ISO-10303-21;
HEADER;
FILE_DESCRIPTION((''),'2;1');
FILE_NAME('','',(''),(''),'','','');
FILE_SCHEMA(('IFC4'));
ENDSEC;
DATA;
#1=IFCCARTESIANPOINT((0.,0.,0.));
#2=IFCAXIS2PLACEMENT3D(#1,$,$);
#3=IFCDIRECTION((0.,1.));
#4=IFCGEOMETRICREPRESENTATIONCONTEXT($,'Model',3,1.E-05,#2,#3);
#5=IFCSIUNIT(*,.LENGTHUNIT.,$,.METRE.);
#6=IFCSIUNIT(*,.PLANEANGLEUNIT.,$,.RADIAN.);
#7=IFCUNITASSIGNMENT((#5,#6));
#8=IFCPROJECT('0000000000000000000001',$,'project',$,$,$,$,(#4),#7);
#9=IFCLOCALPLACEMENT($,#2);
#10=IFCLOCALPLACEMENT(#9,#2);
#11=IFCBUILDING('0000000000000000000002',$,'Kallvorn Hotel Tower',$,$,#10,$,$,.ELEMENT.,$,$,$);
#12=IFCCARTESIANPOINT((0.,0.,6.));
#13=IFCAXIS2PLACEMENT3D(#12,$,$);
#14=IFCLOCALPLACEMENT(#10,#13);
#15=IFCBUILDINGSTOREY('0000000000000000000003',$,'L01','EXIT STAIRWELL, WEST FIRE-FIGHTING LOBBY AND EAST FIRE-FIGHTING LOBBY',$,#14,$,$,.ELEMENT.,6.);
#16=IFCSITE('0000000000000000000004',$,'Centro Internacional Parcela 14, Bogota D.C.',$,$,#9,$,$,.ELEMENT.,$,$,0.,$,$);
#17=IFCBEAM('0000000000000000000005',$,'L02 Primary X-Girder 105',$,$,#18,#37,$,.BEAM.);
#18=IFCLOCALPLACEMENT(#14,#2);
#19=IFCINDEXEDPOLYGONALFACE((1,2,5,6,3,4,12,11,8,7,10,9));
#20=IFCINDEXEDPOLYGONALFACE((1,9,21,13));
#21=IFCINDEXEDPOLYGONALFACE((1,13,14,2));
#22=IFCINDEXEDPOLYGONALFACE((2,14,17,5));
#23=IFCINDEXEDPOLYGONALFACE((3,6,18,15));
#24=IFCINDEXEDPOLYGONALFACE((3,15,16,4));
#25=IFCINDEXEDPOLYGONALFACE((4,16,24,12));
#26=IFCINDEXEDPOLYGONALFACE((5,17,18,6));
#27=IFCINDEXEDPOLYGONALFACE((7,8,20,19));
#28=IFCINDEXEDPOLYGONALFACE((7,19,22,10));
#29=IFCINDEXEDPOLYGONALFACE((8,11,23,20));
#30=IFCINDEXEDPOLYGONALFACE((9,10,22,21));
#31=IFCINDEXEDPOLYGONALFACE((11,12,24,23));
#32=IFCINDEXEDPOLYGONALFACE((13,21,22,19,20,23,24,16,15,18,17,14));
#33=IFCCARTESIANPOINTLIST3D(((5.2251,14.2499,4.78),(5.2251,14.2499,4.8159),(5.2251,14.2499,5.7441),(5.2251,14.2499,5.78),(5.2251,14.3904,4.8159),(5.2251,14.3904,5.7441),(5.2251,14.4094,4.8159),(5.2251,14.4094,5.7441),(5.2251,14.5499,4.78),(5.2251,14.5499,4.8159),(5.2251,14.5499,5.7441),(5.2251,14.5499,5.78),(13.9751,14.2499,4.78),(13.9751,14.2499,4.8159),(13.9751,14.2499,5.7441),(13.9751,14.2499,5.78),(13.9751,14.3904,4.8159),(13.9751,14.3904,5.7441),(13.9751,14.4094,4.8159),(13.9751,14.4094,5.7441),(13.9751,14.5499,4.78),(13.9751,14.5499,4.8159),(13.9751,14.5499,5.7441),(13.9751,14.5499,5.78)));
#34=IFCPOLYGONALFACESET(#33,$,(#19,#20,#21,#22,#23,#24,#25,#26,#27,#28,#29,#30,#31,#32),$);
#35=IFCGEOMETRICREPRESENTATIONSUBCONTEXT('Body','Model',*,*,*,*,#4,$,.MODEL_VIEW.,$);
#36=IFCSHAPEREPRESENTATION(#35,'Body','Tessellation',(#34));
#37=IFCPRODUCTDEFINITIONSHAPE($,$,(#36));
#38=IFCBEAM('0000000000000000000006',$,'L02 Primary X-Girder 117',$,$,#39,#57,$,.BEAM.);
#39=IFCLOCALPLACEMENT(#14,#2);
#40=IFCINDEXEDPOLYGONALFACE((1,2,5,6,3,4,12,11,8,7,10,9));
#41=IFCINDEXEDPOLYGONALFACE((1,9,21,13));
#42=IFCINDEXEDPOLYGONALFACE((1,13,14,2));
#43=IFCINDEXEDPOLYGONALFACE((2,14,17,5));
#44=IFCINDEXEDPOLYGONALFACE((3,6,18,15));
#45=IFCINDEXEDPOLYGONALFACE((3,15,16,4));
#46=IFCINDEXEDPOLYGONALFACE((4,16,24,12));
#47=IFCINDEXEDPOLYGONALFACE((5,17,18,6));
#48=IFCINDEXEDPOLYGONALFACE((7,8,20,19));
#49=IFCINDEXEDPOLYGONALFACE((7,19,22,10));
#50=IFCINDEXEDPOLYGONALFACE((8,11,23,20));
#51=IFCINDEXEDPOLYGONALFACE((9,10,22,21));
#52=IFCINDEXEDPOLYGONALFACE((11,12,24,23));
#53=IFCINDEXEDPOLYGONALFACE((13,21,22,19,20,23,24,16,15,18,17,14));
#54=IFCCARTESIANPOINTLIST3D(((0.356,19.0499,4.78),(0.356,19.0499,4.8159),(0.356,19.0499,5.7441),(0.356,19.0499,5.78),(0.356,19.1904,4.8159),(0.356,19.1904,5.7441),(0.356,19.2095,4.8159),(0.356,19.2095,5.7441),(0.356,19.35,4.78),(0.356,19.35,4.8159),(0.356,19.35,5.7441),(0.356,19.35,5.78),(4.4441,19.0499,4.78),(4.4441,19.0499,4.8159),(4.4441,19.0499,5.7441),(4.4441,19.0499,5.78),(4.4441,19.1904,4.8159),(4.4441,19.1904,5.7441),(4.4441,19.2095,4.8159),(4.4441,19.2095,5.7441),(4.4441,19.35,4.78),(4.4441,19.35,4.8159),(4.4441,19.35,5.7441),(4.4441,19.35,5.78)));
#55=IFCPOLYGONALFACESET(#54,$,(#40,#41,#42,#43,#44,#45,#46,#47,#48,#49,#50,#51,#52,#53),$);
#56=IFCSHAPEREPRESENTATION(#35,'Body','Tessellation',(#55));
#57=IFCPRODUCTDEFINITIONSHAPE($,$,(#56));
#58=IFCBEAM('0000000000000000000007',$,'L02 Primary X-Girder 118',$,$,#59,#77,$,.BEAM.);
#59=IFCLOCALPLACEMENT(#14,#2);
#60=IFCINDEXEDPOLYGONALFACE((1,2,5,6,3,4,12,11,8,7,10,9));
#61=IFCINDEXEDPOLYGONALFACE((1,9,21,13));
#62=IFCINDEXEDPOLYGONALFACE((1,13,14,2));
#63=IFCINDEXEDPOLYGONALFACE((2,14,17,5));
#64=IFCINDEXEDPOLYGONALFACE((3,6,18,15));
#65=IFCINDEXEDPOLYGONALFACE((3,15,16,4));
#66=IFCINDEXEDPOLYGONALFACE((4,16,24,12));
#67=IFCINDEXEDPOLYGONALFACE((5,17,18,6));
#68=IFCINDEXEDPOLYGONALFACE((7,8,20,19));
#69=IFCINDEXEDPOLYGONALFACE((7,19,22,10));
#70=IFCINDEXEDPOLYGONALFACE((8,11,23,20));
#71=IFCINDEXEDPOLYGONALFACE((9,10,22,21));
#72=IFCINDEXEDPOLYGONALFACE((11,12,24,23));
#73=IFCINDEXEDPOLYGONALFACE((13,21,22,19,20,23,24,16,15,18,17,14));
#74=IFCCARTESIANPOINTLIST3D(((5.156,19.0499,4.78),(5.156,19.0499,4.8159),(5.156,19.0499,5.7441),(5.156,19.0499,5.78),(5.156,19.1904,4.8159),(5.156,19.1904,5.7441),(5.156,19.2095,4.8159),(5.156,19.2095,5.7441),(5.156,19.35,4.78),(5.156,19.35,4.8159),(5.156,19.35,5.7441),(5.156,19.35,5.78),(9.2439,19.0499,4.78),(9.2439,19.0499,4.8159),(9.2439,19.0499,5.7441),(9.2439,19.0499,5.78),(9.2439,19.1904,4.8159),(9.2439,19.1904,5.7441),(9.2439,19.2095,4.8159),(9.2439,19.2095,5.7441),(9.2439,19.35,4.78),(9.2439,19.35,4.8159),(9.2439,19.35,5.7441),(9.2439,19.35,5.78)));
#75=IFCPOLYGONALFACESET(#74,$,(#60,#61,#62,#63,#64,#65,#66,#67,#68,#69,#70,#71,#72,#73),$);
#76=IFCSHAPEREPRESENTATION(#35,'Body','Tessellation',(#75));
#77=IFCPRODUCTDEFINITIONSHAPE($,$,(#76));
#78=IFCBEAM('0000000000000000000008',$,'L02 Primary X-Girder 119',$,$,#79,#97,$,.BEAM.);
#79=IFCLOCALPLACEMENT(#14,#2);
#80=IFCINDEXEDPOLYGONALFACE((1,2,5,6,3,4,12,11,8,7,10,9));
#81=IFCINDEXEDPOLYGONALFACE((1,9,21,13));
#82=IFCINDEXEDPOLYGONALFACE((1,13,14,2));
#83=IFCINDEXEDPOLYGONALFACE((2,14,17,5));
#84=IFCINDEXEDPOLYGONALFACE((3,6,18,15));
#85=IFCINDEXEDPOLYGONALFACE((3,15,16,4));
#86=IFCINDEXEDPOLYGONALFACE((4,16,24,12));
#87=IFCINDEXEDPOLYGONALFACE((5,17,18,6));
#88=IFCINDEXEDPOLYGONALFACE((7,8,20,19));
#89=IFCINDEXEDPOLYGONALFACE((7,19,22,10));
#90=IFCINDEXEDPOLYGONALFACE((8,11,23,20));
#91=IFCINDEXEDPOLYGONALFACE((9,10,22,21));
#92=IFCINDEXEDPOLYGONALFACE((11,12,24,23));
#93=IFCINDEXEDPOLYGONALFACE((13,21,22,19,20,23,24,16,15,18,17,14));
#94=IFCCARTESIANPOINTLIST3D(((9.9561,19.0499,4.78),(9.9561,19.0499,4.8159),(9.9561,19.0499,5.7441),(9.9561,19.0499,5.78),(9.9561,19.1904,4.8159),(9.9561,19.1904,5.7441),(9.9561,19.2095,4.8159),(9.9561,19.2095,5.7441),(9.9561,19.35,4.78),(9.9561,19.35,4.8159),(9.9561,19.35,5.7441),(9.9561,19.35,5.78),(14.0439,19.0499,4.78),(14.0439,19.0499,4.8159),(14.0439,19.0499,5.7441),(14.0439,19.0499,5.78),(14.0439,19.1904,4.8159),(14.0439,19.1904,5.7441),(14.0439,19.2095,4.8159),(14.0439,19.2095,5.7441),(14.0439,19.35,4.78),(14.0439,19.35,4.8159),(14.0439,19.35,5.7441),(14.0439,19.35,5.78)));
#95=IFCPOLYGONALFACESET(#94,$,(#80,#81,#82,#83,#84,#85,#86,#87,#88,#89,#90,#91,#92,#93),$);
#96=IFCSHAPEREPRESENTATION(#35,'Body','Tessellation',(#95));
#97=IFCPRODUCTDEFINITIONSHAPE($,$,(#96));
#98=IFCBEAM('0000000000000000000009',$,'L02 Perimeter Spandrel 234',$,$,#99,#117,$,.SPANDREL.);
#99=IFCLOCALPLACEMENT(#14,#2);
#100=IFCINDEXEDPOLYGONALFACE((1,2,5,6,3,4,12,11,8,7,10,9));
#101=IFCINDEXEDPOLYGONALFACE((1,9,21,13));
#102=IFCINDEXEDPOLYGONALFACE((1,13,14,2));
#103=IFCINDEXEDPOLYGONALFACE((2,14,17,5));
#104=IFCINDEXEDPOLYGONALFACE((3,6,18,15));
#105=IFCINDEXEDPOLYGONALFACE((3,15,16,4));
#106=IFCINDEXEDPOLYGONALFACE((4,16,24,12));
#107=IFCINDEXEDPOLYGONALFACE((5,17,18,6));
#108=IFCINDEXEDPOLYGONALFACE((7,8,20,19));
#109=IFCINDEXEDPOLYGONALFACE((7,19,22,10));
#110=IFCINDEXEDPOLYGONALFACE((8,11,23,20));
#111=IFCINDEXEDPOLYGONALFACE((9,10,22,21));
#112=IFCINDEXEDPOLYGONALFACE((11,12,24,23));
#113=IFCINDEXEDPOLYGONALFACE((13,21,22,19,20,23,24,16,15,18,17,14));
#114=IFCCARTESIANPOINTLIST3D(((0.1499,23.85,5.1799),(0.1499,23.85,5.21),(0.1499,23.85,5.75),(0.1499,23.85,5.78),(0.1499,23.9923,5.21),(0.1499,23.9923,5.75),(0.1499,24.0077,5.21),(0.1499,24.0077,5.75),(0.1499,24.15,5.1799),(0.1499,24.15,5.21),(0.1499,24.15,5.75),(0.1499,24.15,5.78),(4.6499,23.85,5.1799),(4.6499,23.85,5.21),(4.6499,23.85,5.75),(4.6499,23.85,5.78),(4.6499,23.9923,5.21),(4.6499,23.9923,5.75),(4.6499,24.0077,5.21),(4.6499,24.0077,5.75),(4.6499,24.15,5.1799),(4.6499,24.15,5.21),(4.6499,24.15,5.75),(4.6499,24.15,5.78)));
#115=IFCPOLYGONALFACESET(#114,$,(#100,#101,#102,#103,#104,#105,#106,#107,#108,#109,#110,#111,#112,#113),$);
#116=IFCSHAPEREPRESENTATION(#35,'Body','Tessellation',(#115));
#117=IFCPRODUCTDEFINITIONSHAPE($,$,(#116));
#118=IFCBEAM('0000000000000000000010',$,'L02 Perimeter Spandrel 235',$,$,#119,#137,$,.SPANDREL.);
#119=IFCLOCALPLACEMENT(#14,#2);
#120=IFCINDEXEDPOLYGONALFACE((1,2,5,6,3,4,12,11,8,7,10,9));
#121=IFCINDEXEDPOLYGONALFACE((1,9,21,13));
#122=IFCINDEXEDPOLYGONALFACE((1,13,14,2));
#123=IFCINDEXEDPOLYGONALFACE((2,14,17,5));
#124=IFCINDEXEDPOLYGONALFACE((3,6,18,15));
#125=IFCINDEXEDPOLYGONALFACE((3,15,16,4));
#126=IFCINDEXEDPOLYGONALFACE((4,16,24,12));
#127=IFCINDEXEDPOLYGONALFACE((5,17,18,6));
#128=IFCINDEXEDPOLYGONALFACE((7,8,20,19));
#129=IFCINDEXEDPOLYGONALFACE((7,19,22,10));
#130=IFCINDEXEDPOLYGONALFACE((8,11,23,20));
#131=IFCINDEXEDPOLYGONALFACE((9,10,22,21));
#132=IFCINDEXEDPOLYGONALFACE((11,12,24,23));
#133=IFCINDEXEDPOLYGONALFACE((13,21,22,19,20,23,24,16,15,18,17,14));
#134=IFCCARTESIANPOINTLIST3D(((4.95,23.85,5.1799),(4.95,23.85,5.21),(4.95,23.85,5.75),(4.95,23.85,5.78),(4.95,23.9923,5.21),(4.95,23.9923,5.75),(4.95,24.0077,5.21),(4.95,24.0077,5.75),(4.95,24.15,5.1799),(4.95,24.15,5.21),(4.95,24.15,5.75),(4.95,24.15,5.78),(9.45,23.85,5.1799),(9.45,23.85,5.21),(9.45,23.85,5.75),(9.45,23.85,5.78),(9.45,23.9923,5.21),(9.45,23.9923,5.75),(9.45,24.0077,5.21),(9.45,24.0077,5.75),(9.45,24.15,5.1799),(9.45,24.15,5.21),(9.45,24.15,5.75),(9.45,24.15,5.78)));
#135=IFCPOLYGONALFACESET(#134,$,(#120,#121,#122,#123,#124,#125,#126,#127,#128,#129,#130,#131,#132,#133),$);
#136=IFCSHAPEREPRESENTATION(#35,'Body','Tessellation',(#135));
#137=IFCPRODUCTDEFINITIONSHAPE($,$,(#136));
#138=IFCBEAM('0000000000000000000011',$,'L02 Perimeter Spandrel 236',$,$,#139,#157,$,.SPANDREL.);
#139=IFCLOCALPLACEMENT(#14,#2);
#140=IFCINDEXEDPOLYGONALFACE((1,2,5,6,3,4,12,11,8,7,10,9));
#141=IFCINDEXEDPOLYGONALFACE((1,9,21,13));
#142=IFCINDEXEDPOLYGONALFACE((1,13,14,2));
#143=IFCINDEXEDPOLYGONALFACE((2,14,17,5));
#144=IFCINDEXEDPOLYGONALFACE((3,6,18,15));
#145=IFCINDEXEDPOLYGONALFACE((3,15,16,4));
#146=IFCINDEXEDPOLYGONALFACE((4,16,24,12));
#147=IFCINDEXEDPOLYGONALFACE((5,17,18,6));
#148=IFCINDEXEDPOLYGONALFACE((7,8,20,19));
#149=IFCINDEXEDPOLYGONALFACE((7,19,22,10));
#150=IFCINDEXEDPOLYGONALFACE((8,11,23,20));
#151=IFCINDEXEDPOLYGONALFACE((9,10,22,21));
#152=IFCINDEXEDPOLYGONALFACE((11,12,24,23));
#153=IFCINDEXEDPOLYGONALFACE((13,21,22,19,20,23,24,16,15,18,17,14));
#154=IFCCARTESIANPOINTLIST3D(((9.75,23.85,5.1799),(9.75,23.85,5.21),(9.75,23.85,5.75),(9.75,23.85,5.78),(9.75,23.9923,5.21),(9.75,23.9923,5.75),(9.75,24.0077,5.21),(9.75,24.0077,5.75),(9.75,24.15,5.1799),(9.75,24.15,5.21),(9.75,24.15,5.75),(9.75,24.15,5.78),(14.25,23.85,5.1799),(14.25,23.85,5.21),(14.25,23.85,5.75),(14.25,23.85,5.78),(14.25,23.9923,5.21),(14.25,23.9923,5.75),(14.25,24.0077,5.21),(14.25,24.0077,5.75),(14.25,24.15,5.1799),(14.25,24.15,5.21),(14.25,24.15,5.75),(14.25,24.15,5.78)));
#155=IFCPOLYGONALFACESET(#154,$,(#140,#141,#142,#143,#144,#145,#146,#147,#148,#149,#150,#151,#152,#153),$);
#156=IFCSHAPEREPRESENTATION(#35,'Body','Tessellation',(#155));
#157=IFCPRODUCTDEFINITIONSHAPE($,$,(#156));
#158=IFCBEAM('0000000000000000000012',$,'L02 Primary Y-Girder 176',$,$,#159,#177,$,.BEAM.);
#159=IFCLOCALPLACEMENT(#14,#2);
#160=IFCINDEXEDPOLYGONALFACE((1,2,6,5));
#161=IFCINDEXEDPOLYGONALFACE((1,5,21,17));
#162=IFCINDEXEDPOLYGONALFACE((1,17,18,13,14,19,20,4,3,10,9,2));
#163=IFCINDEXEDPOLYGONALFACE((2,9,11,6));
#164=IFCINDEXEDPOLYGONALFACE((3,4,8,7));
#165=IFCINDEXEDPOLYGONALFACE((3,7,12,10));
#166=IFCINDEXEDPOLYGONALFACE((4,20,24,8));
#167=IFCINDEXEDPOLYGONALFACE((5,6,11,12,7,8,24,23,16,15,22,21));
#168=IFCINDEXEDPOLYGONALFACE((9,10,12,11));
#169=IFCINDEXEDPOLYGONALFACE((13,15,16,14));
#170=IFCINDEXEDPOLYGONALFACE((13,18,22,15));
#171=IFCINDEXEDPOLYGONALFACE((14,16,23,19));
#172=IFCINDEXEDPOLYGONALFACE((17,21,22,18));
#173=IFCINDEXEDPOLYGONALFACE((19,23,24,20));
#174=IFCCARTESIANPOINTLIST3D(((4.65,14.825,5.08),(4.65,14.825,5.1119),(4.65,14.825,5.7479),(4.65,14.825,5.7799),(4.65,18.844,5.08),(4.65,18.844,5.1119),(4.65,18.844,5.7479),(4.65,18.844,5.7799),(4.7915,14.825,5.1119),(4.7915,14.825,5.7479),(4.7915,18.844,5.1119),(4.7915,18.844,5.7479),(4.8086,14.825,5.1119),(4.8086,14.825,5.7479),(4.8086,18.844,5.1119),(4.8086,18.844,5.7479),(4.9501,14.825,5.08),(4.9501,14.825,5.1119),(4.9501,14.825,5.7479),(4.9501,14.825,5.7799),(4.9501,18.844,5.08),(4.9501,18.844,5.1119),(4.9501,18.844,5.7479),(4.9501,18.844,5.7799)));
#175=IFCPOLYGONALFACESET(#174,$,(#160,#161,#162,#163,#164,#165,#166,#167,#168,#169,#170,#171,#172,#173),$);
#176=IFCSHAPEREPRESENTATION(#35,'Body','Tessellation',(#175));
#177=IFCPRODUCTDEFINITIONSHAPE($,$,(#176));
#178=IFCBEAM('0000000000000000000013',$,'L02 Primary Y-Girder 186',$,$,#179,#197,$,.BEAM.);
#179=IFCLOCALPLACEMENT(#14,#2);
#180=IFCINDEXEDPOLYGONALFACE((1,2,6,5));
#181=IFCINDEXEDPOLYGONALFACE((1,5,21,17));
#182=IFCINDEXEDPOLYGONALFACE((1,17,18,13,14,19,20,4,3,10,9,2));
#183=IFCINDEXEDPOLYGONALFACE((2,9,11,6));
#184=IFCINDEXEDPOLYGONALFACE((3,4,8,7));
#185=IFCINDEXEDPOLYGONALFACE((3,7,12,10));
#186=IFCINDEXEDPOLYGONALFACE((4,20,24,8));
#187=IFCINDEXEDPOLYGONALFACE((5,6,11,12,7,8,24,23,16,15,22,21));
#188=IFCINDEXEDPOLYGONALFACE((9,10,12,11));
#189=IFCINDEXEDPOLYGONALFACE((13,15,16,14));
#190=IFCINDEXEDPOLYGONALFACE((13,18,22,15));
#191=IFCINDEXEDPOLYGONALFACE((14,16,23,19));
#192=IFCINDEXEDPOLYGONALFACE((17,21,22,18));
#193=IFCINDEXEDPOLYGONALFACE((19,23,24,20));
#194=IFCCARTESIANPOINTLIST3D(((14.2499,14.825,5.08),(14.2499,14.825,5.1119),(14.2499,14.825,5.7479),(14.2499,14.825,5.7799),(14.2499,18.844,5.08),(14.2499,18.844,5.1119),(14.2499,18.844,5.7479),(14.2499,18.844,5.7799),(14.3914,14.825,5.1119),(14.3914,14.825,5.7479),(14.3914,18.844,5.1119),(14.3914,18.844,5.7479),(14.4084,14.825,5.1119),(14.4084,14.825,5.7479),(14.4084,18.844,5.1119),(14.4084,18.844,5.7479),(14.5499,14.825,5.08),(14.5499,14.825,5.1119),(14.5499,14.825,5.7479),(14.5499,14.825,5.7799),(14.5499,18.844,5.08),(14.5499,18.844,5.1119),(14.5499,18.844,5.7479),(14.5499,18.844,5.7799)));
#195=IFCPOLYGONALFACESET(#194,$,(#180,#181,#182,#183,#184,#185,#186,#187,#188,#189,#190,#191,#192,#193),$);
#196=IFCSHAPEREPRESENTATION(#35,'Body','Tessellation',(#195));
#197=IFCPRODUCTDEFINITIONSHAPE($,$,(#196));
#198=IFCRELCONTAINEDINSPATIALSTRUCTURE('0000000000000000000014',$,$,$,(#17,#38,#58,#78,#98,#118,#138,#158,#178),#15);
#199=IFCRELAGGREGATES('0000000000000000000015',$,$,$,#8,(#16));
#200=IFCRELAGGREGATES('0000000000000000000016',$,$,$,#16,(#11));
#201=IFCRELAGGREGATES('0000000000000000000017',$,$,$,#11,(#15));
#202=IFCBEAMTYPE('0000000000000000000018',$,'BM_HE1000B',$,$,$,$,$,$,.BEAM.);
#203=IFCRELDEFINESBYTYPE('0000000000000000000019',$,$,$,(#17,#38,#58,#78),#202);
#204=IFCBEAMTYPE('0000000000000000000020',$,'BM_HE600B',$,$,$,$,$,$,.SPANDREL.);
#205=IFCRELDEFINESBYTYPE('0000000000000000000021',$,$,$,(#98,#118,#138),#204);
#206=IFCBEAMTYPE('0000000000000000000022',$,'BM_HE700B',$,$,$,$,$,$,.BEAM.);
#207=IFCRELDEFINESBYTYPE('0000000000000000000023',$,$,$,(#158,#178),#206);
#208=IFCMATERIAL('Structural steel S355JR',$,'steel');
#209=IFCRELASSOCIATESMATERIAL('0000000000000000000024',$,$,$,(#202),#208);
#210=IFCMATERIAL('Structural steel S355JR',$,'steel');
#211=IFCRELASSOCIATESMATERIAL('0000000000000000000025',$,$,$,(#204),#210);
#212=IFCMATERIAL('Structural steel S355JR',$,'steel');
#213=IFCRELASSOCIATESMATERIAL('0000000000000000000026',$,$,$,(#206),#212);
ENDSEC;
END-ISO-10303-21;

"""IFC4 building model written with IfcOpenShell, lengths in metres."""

from ifc_helpers import new_model, si_unit, direction, frame, origin, origin_2d, place, context, subcontext, project, spatial, i_section, extrude, material, material_profile, profile_set, type_object, element, save


model = new_model("IFC4")

# Units and contexts
model_context = context("Model", 3, precision=1e-05, world=origin(), true_north=direction((0.0, 1.0)))
body_context = subcontext(model_context, "Body", "Model", "MODEL_VIEW")
ifc_project = project(units=[si_unit("LENGTHUNIT", "METRE"), si_unit("PLANEANGLEUNIT", "RADIAN")], contexts=[model_context])

# Site, building, storey
site_placement = place(None, origin())
site = spatial("IfcSite", under=ifc_project, at=site_placement, Name="Centro Internacional Parcela 14, Bogota D.C.", CompositionType="ELEMENT", RefElevation=0.0)
building_placement = place(site_placement, origin())
building = spatial("IfcBuilding", under=site, at=building_placement, Name="Kallvorn Hotel Tower", CompositionType="ELEMENT")
storey_placement = place(building_placement, frame((0.0, 0.0, 6.0)))
storey = spatial("IfcBuildingStorey", under=building, at=storey_placement, Name="L01", Description="EXIT STAIRWELL, WEST FIRE-FIGHTING LOBBY AND EAST FIRE-FIGHTING LOBBY", CompositionType="ELEMENT", Elevation=6.0)

# Beams
ifc_material_1 = material(Name="Structural steel S355JR", Category="steel")
ifc_material_profile_1 = material_profile(ifc_material_1, i_section(OverallWidth=0.3, OverallDepth=1.0, WebThickness=0.019, FlangeThickness=0.0359, at=origin_2d()), Name="HE 1000 B")
ifc_profile_set_1 = profile_set([ifc_material_profile_1], Name="Structural steel S355JR")
beam_type_1 = type_object("IfcBeamType", Name="BM_HE1000B", PredefinedType="BEAM", material=ifc_profile_set_1)
beam_1_placement = place(storey_placement, frame((5.2251, 14.3999, 5.28), z_axis=(1.0, 0.0, 0.0), x_axis=(0.0, 1.0, 0.0)))
element("IfcBeam", 1, at=beam_1_placement, inside=storey, type_object=beam_type_1, Name="L02 Primary X-Girder 105", PredefinedType="BEAM", context=body_context, shape_type="SweptSolid", body=[
    extrude(i_section(OverallWidth=0.3, OverallDepth=1.0, WebThickness=0.019, FlangeThickness=0.0359, at=origin_2d()), origin(), (0.0, 0.0, 1.0), 8.75),
])
beam_2_placement = place(storey_placement, frame((0.356, 19.2, 5.28), z_axis=(1.0, 0.0, 0.0), x_axis=(0.0, 1.0, 0.0)))
element("IfcBeam", 2, at=beam_2_placement, inside=storey, type_object=beam_type_1, Name="L02 Primary X-Girder 117", PredefinedType="BEAM", context=body_context, shape_type="SweptSolid", body=[
    extrude(i_section(OverallWidth=0.3, OverallDepth=1.0, WebThickness=0.019, FlangeThickness=0.0359, at=origin_2d()), origin(), (0.0, 0.0, 1.0), 4.0881),
])
for number, where, z_axis, x_axis, name in (
    (3, (5.156, 19.2, 5.28), (1.0, 0.0, 0.0), (0.0, 1.0, 0.0), "L02 Primary X-Girder 118"),
    (4, (9.9561, 19.2, 5.28), (1.0, 0.0, 0.0), (0.0, 1.0, 0.0), "L02 Primary X-Girder 119"),
):
    element("IfcBeam", number, at=place(storey_placement, frame(where, z_axis=z_axis, x_axis=x_axis)), inside=storey, type_object=beam_type_1, Name=name, PredefinedType="BEAM", context=body_context, shape_type="SweptSolid", body=[
        extrude(i_section(OverallWidth=0.3, OverallDepth=1.0, WebThickness=0.019, FlangeThickness=0.0359, at=origin_2d()), origin(), (0.0, 0.0, 1.0), 4.0879),
    ])
ifc_material_2 = material(Name="Structural steel S355JR", Category="steel")
ifc_material_profile_2 = material_profile(ifc_material_2, i_section(OverallWidth=0.3, OverallDepth=0.6001, WebThickness=0.0154, FlangeThickness=0.03, at=origin_2d()), Name="HE 600 B")
ifc_profile_set_2 = profile_set([ifc_material_profile_2], Name="Structural steel S355JR")
beam_type_2 = type_object("IfcBeamType", Name="BM_HE600B", PredefinedType="SPANDREL", material=ifc_profile_set_2)
for number, where, z_axis, x_axis, name in (
    (5, (0.1499, 24.0, 5.48), (1.0, 0.0, 0.0), (0.0, 1.0, 0.0), "L02 Perimeter Spandrel 234"),
    (6, (4.95, 24.0, 5.48), (1.0, 0.0, 0.0), (0.0, 1.0, 0.0), "L02 Perimeter Spandrel 235"),
    (7, (9.75, 24.0, 5.48), (1.0, 0.0, 0.0), (0.0, 1.0, 0.0), "L02 Perimeter Spandrel 236"),
):
    element("IfcBeam", number, at=place(storey_placement, frame(where, z_axis=z_axis, x_axis=x_axis)), inside=storey, type_object=beam_type_2, Name=name, PredefinedType="SPANDREL", context=body_context, shape_type="SweptSolid", body=[
        extrude(i_section(OverallWidth=0.3, OverallDepth=0.6001, WebThickness=0.0154, FlangeThickness=0.03, at=origin_2d()), origin(), (0.0, 0.0, 1.0), 4.5),
    ])
ifc_material_3 = material(Name="Structural steel S355JR", Category="steel")
ifc_material_profile_3 = material_profile(ifc_material_3, i_section(OverallWidth=0.3, OverallDepth=0.7, WebThickness=0.0171, FlangeThickness=0.032, at=origin_2d()), Name="HE 700 B")
ifc_profile_set_3 = profile_set([ifc_material_profile_3], Name="Structural steel S355JR")
beam_type_3 = type_object("IfcBeamType", Name="BM_HE700B", PredefinedType="BEAM", material=ifc_profile_set_3)
for number, where, z_axis, x_axis, name in (
    (8, (4.8, 14.825, 5.4299), (0.0, 1.0, 0.0), (-1.0, 0.0, 0.0), "L02 Primary Y-Girder 176"),
    (9, (14.3999, 14.825, 5.4299), (0.0, 1.0, 0.0), (-1.0, 0.0, 0.0), "L02 Primary Y-Girder 186"),
):
    element("IfcBeam", number, at=place(storey_placement, frame(where, z_axis=z_axis, x_axis=x_axis)), inside=storey, type_object=beam_type_3, Name=name, PredefinedType="BEAM", context=body_context, shape_type="SweptSolid", body=[
        extrude(i_section(OverallWidth=0.3, OverallDepth=0.7, WebThickness=0.0171, FlangeThickness=0.032, at=origin_2d()), origin(), (0.0, 0.0, 1.0), 4.019),
    ])

save(model, "model.ifc")
